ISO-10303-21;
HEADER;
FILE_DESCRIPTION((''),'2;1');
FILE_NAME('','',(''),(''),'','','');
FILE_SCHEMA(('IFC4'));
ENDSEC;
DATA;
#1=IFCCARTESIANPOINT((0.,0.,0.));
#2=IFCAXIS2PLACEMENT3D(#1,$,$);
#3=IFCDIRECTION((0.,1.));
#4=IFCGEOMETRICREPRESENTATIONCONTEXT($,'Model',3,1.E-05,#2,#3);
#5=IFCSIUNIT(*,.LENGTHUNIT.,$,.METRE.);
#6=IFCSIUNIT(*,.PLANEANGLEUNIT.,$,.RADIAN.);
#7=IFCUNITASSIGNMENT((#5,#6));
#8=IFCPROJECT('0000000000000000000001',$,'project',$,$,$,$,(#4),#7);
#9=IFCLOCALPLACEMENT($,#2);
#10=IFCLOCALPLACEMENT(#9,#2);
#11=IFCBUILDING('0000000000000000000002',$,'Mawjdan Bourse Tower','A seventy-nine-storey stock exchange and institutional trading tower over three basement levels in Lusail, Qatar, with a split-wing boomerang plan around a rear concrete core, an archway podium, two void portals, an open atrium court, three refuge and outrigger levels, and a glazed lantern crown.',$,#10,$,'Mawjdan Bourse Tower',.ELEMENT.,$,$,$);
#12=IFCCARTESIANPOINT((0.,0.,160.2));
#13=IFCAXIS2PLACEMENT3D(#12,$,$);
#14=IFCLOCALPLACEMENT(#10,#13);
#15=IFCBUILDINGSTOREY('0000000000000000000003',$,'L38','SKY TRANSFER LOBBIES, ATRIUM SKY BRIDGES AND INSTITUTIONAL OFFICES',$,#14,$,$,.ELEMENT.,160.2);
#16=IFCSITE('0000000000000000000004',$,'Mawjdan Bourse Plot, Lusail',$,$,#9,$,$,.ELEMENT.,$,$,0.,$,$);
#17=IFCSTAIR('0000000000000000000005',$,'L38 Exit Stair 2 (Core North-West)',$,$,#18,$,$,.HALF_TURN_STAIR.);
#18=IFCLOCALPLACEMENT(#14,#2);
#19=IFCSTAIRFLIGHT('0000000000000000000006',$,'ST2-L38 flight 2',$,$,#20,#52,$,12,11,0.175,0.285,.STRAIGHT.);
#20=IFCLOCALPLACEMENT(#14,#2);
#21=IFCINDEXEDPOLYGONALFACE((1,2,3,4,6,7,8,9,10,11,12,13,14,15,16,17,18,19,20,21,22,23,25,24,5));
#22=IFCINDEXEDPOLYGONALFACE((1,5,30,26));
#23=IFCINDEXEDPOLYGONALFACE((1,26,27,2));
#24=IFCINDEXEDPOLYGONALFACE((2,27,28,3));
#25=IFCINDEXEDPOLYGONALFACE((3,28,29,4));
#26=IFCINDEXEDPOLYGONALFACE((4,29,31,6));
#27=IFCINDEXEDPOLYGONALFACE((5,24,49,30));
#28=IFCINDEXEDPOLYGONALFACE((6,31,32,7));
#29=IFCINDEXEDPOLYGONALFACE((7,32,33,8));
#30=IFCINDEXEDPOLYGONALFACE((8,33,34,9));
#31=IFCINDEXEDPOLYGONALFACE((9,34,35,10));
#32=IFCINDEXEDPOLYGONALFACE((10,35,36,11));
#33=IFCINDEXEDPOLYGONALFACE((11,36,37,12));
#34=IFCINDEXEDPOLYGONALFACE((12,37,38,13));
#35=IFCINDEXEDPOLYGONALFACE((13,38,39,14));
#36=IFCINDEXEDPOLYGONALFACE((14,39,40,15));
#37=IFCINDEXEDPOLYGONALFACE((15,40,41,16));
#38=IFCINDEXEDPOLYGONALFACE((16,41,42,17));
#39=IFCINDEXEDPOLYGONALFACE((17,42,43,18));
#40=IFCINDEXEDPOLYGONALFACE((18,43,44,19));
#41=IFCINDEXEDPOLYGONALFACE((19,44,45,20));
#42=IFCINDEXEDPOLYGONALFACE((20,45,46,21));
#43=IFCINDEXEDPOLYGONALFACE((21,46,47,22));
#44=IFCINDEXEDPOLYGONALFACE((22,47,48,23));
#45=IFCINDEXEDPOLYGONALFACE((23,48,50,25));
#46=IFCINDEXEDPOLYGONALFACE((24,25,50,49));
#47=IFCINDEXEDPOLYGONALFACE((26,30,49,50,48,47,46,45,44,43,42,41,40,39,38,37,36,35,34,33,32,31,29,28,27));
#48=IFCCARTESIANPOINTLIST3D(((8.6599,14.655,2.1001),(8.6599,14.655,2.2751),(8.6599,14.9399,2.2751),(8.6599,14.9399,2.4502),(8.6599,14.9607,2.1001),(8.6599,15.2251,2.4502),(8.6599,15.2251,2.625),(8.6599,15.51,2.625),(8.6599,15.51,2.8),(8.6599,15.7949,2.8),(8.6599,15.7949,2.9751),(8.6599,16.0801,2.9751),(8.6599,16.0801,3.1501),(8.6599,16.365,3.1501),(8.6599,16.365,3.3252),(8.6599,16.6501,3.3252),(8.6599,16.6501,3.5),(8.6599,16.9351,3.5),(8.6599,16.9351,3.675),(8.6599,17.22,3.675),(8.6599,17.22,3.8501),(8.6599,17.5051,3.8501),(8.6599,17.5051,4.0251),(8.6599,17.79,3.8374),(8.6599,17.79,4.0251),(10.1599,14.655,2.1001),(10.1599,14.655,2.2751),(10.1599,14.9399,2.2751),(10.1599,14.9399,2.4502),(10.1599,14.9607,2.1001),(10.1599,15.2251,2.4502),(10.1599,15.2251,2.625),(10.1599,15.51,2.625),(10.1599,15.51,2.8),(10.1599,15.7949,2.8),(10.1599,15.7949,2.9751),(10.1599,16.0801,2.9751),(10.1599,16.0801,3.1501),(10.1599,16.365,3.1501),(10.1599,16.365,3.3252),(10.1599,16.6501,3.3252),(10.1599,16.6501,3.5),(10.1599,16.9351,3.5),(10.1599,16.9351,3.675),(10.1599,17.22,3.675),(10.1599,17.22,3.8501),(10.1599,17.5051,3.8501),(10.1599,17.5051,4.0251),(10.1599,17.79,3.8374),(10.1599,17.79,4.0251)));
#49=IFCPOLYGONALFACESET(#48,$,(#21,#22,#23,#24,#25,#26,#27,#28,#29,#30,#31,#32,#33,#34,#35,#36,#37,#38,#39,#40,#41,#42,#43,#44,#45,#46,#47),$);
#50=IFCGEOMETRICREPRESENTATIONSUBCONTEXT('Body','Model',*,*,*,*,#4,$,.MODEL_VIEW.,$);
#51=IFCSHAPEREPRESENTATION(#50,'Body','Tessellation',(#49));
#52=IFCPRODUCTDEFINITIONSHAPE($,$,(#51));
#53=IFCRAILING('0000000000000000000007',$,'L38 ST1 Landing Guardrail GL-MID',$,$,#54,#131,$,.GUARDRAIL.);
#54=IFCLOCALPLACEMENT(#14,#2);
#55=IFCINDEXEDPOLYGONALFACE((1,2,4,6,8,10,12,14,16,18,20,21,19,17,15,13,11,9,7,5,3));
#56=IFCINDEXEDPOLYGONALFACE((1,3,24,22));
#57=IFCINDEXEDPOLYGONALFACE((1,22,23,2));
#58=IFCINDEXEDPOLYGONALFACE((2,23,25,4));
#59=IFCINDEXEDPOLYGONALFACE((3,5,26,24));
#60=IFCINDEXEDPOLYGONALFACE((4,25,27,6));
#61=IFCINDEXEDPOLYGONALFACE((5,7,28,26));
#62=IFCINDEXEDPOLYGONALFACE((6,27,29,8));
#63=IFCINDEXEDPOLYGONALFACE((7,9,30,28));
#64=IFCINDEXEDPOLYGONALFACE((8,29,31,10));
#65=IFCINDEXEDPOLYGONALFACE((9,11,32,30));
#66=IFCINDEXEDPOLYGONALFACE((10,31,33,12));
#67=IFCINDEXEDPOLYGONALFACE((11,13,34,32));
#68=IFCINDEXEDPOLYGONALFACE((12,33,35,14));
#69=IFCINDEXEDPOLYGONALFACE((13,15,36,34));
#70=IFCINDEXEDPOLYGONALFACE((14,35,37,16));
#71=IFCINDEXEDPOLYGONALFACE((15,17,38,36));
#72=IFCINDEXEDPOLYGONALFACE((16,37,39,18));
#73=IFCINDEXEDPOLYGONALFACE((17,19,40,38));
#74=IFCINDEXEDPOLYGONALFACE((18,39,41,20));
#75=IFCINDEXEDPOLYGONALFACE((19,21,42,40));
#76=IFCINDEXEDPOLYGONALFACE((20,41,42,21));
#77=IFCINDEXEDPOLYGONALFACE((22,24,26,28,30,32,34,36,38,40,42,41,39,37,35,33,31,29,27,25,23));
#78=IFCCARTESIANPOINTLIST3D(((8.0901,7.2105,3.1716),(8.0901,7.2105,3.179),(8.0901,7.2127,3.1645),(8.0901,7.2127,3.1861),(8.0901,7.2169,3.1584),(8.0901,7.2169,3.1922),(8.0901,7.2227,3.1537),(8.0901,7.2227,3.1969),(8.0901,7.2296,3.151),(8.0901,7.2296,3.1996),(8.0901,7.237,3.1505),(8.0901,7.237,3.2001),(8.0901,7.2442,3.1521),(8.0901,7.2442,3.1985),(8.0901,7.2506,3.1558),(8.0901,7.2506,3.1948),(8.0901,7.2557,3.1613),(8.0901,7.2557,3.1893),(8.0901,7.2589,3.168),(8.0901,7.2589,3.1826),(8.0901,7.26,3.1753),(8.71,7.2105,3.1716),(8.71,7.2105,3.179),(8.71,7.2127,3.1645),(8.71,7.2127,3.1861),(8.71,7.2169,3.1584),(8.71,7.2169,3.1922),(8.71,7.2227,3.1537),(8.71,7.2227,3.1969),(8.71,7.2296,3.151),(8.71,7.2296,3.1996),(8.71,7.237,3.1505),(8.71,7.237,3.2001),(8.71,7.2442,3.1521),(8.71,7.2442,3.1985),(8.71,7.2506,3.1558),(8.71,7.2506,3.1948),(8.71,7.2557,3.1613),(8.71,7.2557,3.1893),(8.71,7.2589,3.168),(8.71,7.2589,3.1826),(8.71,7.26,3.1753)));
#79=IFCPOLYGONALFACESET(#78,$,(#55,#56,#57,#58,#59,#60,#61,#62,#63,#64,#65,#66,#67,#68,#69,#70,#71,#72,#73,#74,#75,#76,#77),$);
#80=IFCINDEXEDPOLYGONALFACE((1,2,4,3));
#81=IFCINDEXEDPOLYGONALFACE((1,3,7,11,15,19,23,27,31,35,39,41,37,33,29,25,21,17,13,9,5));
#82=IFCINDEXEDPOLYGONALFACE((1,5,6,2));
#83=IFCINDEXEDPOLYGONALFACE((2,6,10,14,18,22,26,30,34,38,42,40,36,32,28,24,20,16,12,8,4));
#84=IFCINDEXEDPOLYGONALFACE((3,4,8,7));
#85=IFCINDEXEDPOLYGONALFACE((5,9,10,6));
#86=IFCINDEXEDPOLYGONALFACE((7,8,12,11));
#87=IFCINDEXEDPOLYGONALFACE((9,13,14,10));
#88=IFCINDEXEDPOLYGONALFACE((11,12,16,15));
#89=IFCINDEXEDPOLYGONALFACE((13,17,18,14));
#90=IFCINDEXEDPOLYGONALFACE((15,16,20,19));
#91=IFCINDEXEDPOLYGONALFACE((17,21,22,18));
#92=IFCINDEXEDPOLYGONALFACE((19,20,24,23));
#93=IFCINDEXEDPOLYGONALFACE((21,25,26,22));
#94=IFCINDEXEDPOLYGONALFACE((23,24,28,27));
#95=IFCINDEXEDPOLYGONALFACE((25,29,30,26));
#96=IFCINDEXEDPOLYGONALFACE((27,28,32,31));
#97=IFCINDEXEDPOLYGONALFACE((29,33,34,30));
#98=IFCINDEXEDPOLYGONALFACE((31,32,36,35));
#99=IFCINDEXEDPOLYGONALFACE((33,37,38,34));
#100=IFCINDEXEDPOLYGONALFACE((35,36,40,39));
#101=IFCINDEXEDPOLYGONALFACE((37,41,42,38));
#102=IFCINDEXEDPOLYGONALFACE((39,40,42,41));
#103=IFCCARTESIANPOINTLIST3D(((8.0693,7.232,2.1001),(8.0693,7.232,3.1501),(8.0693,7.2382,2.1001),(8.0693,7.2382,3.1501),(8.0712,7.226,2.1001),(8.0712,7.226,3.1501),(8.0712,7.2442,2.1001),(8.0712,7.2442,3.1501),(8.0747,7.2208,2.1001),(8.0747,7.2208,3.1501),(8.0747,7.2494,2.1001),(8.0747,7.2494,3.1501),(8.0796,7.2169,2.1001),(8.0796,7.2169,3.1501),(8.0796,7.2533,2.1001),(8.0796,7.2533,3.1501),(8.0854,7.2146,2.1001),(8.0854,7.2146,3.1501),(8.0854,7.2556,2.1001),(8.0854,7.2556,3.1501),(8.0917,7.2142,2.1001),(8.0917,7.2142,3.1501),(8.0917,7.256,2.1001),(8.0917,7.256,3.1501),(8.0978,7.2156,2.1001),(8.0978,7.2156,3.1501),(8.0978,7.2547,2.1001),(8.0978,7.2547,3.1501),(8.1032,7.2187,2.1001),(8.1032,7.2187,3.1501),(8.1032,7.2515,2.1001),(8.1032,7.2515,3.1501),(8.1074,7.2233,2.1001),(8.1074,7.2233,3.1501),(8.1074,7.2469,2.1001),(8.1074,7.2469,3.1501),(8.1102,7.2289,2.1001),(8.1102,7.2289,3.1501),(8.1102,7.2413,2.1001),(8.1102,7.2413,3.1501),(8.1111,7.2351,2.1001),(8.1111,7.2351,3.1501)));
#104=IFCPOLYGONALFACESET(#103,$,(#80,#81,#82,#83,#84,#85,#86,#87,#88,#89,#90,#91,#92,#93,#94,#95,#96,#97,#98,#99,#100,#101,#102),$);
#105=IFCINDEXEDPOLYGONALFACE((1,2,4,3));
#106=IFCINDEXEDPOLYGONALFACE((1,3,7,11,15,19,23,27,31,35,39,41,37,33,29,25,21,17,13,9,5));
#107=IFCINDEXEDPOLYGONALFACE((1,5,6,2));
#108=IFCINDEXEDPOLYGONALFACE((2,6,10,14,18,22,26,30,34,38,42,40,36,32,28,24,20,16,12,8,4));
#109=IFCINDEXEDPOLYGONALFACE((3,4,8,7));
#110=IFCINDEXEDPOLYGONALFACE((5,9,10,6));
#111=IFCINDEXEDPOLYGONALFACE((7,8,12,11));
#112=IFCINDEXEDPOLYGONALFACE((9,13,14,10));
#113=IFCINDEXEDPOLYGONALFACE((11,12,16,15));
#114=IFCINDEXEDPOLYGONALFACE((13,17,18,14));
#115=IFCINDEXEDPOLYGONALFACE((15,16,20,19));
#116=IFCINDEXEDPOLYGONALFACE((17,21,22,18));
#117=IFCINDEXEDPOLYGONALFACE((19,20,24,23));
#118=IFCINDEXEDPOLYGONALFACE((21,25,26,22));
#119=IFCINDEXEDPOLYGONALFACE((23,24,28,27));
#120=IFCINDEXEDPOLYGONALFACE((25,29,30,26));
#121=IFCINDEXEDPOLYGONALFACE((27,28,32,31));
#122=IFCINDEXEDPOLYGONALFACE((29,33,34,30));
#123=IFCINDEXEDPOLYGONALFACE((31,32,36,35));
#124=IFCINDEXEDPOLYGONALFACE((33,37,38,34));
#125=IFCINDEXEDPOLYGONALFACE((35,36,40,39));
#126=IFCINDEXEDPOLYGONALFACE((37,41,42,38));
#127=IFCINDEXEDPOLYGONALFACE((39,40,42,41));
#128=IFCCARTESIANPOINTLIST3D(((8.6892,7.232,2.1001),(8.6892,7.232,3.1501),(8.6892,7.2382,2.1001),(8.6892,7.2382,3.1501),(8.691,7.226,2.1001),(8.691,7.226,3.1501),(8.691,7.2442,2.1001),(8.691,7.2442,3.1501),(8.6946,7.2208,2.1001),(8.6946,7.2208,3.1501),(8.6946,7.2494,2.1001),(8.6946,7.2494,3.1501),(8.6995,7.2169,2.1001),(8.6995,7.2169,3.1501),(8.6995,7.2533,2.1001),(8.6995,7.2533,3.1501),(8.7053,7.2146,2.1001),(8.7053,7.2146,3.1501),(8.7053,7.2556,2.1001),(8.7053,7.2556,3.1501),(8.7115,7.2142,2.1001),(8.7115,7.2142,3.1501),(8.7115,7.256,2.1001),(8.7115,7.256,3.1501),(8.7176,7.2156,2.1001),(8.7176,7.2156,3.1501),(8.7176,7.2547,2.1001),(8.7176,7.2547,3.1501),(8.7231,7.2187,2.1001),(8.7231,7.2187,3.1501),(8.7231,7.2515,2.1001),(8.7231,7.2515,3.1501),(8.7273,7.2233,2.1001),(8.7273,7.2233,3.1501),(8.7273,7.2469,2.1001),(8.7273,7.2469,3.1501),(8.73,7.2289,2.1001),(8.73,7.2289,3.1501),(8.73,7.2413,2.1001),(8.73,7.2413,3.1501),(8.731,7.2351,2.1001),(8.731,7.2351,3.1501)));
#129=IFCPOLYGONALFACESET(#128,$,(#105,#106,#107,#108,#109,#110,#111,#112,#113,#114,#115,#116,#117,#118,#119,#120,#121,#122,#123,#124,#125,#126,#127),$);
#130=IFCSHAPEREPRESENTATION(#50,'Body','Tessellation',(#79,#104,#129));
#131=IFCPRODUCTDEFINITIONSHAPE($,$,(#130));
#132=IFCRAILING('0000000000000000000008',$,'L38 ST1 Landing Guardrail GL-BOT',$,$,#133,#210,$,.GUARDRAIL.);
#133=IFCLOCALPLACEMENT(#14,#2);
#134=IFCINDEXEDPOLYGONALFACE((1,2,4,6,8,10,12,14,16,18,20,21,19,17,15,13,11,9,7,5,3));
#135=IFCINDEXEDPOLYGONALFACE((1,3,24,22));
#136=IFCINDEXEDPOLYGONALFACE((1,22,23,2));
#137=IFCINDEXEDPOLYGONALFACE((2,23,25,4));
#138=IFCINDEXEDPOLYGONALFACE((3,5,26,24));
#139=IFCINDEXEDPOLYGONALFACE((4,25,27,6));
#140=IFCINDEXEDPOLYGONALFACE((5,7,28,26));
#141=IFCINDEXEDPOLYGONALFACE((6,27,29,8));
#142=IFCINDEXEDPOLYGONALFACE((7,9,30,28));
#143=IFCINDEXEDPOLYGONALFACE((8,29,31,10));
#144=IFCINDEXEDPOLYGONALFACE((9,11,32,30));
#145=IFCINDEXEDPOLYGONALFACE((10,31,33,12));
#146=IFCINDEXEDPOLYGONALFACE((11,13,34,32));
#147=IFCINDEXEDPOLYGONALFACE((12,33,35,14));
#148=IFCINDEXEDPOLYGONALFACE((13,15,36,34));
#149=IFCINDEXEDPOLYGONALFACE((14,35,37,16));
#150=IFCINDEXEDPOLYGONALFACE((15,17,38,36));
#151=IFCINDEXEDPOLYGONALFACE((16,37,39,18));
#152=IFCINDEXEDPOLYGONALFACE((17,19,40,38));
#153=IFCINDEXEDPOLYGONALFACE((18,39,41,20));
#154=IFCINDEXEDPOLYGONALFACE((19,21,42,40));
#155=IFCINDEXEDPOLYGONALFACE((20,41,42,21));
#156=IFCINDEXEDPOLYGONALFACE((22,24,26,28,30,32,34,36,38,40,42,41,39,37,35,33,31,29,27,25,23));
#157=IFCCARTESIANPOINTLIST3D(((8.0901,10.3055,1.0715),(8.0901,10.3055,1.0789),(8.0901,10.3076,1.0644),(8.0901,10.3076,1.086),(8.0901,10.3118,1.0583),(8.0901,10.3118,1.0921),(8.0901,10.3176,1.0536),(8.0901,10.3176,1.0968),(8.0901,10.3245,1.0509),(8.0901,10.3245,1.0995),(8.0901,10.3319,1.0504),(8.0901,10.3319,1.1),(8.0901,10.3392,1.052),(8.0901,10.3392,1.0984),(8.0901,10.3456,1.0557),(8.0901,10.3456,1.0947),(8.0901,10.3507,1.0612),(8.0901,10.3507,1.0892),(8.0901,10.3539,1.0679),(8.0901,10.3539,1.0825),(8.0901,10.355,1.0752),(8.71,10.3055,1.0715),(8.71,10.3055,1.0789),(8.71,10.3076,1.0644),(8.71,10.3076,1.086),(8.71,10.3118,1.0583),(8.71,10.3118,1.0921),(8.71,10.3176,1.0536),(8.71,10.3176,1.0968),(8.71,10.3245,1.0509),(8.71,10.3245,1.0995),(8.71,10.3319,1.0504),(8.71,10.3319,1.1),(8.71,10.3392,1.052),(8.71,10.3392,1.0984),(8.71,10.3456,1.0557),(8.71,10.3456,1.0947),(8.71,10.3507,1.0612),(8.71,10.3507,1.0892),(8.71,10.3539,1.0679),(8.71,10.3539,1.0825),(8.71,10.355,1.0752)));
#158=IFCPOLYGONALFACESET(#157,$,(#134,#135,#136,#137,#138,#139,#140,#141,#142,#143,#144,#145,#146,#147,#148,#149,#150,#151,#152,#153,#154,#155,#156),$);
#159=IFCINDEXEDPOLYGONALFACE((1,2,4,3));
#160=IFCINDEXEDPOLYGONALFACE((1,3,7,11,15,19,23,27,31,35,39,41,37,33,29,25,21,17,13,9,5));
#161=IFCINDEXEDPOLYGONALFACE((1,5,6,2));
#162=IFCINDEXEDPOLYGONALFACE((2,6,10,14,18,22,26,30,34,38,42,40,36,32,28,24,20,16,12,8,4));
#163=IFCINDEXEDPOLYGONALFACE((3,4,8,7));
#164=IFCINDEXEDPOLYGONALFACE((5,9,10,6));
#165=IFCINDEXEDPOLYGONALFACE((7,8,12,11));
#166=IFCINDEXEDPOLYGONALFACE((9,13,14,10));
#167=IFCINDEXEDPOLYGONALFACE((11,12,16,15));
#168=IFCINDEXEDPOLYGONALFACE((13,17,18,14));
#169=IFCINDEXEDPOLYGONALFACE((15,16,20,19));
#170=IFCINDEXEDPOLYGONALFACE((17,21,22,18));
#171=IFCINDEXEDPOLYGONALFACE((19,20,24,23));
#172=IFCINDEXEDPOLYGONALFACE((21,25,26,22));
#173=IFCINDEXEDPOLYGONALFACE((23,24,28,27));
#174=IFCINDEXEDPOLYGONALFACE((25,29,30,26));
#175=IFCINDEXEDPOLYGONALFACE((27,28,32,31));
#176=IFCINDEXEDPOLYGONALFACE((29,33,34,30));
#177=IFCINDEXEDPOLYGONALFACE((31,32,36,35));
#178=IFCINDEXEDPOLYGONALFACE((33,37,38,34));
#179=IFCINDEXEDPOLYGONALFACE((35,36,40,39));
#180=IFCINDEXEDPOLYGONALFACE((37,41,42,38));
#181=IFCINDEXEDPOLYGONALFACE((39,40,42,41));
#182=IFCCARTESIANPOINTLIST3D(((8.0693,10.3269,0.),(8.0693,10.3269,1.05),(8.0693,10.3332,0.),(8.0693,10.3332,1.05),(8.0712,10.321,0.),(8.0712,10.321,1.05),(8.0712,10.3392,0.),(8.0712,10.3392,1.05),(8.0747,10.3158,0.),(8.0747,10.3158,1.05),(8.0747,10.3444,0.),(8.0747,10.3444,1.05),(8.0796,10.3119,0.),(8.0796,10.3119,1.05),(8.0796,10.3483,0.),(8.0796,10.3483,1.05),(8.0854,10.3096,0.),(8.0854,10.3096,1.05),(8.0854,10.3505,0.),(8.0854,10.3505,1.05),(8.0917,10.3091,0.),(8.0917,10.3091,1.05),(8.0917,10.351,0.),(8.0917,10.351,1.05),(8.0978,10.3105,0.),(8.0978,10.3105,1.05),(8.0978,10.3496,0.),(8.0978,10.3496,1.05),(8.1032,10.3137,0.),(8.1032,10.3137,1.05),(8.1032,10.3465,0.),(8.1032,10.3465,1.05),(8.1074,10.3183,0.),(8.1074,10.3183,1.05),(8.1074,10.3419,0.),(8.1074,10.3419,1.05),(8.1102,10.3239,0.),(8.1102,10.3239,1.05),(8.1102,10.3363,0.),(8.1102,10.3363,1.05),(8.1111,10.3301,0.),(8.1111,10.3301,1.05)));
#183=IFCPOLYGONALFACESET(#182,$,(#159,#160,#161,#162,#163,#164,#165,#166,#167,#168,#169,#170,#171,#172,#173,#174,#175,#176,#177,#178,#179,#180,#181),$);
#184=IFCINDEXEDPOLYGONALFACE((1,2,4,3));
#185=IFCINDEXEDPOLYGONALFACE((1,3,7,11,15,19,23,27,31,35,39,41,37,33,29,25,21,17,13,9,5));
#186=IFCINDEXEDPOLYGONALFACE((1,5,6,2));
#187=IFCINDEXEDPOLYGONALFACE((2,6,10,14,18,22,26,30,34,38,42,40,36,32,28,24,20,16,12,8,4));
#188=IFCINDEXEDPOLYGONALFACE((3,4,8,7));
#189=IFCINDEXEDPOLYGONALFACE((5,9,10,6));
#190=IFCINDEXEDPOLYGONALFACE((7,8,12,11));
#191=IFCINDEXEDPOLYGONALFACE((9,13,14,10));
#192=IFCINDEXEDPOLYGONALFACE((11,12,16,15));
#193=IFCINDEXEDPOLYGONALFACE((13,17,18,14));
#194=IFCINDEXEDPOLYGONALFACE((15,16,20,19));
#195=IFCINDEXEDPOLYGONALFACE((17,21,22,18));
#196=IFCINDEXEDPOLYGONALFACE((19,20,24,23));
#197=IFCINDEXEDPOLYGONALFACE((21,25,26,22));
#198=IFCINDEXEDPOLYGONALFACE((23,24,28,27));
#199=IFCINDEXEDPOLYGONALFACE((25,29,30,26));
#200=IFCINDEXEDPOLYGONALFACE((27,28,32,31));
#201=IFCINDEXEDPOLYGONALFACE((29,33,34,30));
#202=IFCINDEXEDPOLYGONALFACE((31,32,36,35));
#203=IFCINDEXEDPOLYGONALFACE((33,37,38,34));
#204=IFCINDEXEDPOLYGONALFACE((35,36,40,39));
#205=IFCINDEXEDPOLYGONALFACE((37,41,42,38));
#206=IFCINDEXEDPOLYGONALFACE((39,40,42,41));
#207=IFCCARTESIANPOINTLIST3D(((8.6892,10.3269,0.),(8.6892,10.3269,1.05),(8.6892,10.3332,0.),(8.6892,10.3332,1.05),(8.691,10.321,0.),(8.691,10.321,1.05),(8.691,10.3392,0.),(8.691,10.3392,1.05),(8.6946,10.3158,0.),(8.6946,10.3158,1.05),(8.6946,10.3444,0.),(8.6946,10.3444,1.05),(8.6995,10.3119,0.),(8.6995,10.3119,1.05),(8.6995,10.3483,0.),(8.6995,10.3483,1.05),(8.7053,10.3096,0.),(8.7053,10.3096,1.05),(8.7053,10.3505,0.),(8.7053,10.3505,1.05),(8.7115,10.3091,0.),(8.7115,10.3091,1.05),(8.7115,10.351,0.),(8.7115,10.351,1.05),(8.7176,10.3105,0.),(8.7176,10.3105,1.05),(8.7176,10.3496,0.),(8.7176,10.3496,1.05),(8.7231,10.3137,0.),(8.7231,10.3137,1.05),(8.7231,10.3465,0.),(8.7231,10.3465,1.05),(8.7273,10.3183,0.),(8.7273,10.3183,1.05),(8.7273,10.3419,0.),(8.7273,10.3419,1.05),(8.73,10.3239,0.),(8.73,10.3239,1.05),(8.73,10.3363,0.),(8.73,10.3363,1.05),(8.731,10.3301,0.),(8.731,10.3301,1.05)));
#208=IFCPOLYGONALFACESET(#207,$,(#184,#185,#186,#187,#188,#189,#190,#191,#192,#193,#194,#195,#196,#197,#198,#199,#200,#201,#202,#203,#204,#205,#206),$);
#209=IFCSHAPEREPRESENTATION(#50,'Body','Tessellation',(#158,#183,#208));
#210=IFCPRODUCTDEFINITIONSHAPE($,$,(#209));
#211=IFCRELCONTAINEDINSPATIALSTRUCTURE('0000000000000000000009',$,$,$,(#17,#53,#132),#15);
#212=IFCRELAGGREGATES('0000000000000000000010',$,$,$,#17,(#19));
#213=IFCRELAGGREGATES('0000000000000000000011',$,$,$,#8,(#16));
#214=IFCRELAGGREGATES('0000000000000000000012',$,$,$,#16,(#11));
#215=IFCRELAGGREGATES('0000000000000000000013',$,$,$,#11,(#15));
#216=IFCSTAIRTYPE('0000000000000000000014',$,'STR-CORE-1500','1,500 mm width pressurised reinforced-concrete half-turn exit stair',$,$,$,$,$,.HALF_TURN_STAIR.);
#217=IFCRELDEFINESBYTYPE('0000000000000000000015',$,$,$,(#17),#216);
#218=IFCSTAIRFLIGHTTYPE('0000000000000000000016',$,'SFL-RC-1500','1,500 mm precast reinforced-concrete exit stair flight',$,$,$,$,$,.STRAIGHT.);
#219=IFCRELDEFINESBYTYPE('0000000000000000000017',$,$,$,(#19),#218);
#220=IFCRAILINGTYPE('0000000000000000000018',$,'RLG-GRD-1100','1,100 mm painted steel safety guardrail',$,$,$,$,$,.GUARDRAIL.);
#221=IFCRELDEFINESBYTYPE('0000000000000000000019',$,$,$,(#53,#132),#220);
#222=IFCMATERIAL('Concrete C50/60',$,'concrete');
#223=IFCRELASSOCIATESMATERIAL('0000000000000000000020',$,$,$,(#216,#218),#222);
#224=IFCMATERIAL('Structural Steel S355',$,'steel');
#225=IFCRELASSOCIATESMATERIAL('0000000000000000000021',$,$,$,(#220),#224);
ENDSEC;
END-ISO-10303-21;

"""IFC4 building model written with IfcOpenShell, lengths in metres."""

from ifc_helpers import new_model, si_unit, direction, frame, origin, origin_2d, place, context, subcontext, project, spatial, polyline, circle, outline, extrude, material, type_object, element, aggregate, save


model = new_model("IFC4")

# Units and contexts
model_context = context("Model", 3, precision=1e-05, world=origin(), true_north=direction((0.0, 1.0)))
body_context = subcontext(model_context, "Body", "Model", "MODEL_VIEW")
ifc_project = project(units=[si_unit("LENGTHUNIT", "METRE"), si_unit("PLANEANGLEUNIT", "RADIAN")], contexts=[model_context])

# Site, building, storey
site_placement = place(None, origin())
site = spatial("IfcSite", under=ifc_project, at=site_placement, Name="Mawjdan Bourse Plot, Lusail", CompositionType="ELEMENT", RefElevation=0.0)
building_placement = place(site_placement, origin())
building = spatial("IfcBuilding", under=site, at=building_placement, Name="Mawjdan Bourse Tower", Description="A seventy-nine-storey stock exchange and institutional trading tower over three basement levels in Lusail, Qatar, with a split-wing boomerang plan around a rear concrete core, an archway podium, two void portals, an open atrium court, three refuge and outrigger levels, and a glazed lantern crown.", LongName="Mawjdan Bourse Tower", CompositionType="ELEMENT")
storey_placement = place(building_placement, frame((0.0, 0.0, 160.2)))
storey = spatial("IfcBuildingStorey", under=building, at=storey_placement, Name="L38", Description="SKY TRANSFER LOBBIES, ATRIUM SKY BRIDGES AND INSTITUTIONAL OFFICES", CompositionType="ELEMENT", Elevation=160.2)

# Shared definitions
ifc_material_1 = material(Name="Structural Steel S355", Category="steel")

# Shared definitions
ifc_material_2 = material(Name="Concrete C50/60", Category="concrete")

# Shared definitions
stair_type = type_object("IfcStairType", Name="STR-CORE-1500", Description="1,500 mm width pressurised reinforced-concrete half-turn exit stair", PredefinedType="HALF_TURN_STAIR", material=ifc_material_2)
stair_flight_type = type_object("IfcStairFlightType", Name="SFL-RC-1500", Description="1,500 mm precast reinforced-concrete exit stair flight", PredefinedType="STRAIGHT", material=ifc_material_2)

# Stair, stair flight
stair_1_placement = place(storey_placement, origin())
stair_1 = element("IfcStair", 1, at=stair_1_placement, inside=storey, type_object=stair_type, Name="L38 Exit Stair 2 (Core North-West)", PredefinedType="HALF_TURN_STAIR")
stair_flight_1_placement = place(storey_placement, frame((9.4099, 14.655, 2.1001), z_axis=(0.0, 0.0, 1.0), x_axis=(0.0, 1.0, 0.0)))
stair_flight_1 = element("IfcStairFlight", 2, at=stair_flight_1_placement, type_object=stair_flight_type, Name="ST2-L38 flight 2", NumberOfRisers=12, NumberOfTreads=11, PredefinedType="STRAIGHT", RiserHeight=0.175, TreadLength=0.285, context=body_context, shape_type="SweptSolid", body=[
    extrude(outline(polyline([(0.0, 0.0), (0.0, 0.175), (0.2849, 0.175), (0.2849, 0.3501), (0.5701, 0.3501), (0.5701, 0.5249), (0.855, 0.5249), (0.855, 0.7), (1.1399, 0.7), (1.1399, 0.875), (1.425, 0.875), (1.425, 1.05), (1.71, 1.05), (1.71, 1.2251), (1.9951, 1.2251), (1.9951, 1.3999), (2.28, 1.3999), (2.28, 1.575), (2.5649, 1.575), (2.5649, 1.75), (2.8501, 1.75), (2.8501, 1.925), (3.135, 1.925), (3.135, 2.1001), (3.135, 1.7373), (0.3057, 0.0), (0.0, 0.0)])), frame((0.0, 0.75, 0.0), z_axis=(0.0, -1.0, 0.0), x_axis=(1.0, 0.0, 0.0)), (0.0, 0.0, 1.0), 1.5),
])
aggregate(stair_1, [stair_flight_1])

# Railings
railing_type_1 = type_object("IfcRailingType", Name="RLG-GRD-1100", Description="1,100 mm painted steel safety guardrail", PredefinedType="GUARDRAIL", material=ifc_material_1)
for number, where, name in (
    (3, (8.0901, 7.2351, 2.1001), "L38 ST1 Landing Guardrail GL-MID"),
    (4, (8.0901, 10.3301, 0.0), "L38 ST1 Landing Guardrail GL-BOT"),
):
    element("IfcRailing", number, at=place(storey_placement, frame(where)), inside=storey, type_object=railing_type_1, Name=name, PredefinedType="GUARDRAIL", context=body_context, shape_type="SweptSolid", body=[
        extrude(circle(Radius=0.0249, at=origin_2d()), frame((0.0, 0.0, 1.0752), z_axis=(1.0, 0.0, 0.0), x_axis=(0.0, 1.0, 0.0)), (0.0, 0.0, 1.0), 0.6199),
        extrude(circle(Radius=0.021, at=origin_2d()), origin(), (0.0, 0.0, 1.0), 1.05),
        extrude(circle(Radius=0.021, at=origin_2d()), frame((0.6199, 0.0, 0.0)), (0.0, 0.0, 1.0), 1.05),
    ])

save(model, "model.ifc")
